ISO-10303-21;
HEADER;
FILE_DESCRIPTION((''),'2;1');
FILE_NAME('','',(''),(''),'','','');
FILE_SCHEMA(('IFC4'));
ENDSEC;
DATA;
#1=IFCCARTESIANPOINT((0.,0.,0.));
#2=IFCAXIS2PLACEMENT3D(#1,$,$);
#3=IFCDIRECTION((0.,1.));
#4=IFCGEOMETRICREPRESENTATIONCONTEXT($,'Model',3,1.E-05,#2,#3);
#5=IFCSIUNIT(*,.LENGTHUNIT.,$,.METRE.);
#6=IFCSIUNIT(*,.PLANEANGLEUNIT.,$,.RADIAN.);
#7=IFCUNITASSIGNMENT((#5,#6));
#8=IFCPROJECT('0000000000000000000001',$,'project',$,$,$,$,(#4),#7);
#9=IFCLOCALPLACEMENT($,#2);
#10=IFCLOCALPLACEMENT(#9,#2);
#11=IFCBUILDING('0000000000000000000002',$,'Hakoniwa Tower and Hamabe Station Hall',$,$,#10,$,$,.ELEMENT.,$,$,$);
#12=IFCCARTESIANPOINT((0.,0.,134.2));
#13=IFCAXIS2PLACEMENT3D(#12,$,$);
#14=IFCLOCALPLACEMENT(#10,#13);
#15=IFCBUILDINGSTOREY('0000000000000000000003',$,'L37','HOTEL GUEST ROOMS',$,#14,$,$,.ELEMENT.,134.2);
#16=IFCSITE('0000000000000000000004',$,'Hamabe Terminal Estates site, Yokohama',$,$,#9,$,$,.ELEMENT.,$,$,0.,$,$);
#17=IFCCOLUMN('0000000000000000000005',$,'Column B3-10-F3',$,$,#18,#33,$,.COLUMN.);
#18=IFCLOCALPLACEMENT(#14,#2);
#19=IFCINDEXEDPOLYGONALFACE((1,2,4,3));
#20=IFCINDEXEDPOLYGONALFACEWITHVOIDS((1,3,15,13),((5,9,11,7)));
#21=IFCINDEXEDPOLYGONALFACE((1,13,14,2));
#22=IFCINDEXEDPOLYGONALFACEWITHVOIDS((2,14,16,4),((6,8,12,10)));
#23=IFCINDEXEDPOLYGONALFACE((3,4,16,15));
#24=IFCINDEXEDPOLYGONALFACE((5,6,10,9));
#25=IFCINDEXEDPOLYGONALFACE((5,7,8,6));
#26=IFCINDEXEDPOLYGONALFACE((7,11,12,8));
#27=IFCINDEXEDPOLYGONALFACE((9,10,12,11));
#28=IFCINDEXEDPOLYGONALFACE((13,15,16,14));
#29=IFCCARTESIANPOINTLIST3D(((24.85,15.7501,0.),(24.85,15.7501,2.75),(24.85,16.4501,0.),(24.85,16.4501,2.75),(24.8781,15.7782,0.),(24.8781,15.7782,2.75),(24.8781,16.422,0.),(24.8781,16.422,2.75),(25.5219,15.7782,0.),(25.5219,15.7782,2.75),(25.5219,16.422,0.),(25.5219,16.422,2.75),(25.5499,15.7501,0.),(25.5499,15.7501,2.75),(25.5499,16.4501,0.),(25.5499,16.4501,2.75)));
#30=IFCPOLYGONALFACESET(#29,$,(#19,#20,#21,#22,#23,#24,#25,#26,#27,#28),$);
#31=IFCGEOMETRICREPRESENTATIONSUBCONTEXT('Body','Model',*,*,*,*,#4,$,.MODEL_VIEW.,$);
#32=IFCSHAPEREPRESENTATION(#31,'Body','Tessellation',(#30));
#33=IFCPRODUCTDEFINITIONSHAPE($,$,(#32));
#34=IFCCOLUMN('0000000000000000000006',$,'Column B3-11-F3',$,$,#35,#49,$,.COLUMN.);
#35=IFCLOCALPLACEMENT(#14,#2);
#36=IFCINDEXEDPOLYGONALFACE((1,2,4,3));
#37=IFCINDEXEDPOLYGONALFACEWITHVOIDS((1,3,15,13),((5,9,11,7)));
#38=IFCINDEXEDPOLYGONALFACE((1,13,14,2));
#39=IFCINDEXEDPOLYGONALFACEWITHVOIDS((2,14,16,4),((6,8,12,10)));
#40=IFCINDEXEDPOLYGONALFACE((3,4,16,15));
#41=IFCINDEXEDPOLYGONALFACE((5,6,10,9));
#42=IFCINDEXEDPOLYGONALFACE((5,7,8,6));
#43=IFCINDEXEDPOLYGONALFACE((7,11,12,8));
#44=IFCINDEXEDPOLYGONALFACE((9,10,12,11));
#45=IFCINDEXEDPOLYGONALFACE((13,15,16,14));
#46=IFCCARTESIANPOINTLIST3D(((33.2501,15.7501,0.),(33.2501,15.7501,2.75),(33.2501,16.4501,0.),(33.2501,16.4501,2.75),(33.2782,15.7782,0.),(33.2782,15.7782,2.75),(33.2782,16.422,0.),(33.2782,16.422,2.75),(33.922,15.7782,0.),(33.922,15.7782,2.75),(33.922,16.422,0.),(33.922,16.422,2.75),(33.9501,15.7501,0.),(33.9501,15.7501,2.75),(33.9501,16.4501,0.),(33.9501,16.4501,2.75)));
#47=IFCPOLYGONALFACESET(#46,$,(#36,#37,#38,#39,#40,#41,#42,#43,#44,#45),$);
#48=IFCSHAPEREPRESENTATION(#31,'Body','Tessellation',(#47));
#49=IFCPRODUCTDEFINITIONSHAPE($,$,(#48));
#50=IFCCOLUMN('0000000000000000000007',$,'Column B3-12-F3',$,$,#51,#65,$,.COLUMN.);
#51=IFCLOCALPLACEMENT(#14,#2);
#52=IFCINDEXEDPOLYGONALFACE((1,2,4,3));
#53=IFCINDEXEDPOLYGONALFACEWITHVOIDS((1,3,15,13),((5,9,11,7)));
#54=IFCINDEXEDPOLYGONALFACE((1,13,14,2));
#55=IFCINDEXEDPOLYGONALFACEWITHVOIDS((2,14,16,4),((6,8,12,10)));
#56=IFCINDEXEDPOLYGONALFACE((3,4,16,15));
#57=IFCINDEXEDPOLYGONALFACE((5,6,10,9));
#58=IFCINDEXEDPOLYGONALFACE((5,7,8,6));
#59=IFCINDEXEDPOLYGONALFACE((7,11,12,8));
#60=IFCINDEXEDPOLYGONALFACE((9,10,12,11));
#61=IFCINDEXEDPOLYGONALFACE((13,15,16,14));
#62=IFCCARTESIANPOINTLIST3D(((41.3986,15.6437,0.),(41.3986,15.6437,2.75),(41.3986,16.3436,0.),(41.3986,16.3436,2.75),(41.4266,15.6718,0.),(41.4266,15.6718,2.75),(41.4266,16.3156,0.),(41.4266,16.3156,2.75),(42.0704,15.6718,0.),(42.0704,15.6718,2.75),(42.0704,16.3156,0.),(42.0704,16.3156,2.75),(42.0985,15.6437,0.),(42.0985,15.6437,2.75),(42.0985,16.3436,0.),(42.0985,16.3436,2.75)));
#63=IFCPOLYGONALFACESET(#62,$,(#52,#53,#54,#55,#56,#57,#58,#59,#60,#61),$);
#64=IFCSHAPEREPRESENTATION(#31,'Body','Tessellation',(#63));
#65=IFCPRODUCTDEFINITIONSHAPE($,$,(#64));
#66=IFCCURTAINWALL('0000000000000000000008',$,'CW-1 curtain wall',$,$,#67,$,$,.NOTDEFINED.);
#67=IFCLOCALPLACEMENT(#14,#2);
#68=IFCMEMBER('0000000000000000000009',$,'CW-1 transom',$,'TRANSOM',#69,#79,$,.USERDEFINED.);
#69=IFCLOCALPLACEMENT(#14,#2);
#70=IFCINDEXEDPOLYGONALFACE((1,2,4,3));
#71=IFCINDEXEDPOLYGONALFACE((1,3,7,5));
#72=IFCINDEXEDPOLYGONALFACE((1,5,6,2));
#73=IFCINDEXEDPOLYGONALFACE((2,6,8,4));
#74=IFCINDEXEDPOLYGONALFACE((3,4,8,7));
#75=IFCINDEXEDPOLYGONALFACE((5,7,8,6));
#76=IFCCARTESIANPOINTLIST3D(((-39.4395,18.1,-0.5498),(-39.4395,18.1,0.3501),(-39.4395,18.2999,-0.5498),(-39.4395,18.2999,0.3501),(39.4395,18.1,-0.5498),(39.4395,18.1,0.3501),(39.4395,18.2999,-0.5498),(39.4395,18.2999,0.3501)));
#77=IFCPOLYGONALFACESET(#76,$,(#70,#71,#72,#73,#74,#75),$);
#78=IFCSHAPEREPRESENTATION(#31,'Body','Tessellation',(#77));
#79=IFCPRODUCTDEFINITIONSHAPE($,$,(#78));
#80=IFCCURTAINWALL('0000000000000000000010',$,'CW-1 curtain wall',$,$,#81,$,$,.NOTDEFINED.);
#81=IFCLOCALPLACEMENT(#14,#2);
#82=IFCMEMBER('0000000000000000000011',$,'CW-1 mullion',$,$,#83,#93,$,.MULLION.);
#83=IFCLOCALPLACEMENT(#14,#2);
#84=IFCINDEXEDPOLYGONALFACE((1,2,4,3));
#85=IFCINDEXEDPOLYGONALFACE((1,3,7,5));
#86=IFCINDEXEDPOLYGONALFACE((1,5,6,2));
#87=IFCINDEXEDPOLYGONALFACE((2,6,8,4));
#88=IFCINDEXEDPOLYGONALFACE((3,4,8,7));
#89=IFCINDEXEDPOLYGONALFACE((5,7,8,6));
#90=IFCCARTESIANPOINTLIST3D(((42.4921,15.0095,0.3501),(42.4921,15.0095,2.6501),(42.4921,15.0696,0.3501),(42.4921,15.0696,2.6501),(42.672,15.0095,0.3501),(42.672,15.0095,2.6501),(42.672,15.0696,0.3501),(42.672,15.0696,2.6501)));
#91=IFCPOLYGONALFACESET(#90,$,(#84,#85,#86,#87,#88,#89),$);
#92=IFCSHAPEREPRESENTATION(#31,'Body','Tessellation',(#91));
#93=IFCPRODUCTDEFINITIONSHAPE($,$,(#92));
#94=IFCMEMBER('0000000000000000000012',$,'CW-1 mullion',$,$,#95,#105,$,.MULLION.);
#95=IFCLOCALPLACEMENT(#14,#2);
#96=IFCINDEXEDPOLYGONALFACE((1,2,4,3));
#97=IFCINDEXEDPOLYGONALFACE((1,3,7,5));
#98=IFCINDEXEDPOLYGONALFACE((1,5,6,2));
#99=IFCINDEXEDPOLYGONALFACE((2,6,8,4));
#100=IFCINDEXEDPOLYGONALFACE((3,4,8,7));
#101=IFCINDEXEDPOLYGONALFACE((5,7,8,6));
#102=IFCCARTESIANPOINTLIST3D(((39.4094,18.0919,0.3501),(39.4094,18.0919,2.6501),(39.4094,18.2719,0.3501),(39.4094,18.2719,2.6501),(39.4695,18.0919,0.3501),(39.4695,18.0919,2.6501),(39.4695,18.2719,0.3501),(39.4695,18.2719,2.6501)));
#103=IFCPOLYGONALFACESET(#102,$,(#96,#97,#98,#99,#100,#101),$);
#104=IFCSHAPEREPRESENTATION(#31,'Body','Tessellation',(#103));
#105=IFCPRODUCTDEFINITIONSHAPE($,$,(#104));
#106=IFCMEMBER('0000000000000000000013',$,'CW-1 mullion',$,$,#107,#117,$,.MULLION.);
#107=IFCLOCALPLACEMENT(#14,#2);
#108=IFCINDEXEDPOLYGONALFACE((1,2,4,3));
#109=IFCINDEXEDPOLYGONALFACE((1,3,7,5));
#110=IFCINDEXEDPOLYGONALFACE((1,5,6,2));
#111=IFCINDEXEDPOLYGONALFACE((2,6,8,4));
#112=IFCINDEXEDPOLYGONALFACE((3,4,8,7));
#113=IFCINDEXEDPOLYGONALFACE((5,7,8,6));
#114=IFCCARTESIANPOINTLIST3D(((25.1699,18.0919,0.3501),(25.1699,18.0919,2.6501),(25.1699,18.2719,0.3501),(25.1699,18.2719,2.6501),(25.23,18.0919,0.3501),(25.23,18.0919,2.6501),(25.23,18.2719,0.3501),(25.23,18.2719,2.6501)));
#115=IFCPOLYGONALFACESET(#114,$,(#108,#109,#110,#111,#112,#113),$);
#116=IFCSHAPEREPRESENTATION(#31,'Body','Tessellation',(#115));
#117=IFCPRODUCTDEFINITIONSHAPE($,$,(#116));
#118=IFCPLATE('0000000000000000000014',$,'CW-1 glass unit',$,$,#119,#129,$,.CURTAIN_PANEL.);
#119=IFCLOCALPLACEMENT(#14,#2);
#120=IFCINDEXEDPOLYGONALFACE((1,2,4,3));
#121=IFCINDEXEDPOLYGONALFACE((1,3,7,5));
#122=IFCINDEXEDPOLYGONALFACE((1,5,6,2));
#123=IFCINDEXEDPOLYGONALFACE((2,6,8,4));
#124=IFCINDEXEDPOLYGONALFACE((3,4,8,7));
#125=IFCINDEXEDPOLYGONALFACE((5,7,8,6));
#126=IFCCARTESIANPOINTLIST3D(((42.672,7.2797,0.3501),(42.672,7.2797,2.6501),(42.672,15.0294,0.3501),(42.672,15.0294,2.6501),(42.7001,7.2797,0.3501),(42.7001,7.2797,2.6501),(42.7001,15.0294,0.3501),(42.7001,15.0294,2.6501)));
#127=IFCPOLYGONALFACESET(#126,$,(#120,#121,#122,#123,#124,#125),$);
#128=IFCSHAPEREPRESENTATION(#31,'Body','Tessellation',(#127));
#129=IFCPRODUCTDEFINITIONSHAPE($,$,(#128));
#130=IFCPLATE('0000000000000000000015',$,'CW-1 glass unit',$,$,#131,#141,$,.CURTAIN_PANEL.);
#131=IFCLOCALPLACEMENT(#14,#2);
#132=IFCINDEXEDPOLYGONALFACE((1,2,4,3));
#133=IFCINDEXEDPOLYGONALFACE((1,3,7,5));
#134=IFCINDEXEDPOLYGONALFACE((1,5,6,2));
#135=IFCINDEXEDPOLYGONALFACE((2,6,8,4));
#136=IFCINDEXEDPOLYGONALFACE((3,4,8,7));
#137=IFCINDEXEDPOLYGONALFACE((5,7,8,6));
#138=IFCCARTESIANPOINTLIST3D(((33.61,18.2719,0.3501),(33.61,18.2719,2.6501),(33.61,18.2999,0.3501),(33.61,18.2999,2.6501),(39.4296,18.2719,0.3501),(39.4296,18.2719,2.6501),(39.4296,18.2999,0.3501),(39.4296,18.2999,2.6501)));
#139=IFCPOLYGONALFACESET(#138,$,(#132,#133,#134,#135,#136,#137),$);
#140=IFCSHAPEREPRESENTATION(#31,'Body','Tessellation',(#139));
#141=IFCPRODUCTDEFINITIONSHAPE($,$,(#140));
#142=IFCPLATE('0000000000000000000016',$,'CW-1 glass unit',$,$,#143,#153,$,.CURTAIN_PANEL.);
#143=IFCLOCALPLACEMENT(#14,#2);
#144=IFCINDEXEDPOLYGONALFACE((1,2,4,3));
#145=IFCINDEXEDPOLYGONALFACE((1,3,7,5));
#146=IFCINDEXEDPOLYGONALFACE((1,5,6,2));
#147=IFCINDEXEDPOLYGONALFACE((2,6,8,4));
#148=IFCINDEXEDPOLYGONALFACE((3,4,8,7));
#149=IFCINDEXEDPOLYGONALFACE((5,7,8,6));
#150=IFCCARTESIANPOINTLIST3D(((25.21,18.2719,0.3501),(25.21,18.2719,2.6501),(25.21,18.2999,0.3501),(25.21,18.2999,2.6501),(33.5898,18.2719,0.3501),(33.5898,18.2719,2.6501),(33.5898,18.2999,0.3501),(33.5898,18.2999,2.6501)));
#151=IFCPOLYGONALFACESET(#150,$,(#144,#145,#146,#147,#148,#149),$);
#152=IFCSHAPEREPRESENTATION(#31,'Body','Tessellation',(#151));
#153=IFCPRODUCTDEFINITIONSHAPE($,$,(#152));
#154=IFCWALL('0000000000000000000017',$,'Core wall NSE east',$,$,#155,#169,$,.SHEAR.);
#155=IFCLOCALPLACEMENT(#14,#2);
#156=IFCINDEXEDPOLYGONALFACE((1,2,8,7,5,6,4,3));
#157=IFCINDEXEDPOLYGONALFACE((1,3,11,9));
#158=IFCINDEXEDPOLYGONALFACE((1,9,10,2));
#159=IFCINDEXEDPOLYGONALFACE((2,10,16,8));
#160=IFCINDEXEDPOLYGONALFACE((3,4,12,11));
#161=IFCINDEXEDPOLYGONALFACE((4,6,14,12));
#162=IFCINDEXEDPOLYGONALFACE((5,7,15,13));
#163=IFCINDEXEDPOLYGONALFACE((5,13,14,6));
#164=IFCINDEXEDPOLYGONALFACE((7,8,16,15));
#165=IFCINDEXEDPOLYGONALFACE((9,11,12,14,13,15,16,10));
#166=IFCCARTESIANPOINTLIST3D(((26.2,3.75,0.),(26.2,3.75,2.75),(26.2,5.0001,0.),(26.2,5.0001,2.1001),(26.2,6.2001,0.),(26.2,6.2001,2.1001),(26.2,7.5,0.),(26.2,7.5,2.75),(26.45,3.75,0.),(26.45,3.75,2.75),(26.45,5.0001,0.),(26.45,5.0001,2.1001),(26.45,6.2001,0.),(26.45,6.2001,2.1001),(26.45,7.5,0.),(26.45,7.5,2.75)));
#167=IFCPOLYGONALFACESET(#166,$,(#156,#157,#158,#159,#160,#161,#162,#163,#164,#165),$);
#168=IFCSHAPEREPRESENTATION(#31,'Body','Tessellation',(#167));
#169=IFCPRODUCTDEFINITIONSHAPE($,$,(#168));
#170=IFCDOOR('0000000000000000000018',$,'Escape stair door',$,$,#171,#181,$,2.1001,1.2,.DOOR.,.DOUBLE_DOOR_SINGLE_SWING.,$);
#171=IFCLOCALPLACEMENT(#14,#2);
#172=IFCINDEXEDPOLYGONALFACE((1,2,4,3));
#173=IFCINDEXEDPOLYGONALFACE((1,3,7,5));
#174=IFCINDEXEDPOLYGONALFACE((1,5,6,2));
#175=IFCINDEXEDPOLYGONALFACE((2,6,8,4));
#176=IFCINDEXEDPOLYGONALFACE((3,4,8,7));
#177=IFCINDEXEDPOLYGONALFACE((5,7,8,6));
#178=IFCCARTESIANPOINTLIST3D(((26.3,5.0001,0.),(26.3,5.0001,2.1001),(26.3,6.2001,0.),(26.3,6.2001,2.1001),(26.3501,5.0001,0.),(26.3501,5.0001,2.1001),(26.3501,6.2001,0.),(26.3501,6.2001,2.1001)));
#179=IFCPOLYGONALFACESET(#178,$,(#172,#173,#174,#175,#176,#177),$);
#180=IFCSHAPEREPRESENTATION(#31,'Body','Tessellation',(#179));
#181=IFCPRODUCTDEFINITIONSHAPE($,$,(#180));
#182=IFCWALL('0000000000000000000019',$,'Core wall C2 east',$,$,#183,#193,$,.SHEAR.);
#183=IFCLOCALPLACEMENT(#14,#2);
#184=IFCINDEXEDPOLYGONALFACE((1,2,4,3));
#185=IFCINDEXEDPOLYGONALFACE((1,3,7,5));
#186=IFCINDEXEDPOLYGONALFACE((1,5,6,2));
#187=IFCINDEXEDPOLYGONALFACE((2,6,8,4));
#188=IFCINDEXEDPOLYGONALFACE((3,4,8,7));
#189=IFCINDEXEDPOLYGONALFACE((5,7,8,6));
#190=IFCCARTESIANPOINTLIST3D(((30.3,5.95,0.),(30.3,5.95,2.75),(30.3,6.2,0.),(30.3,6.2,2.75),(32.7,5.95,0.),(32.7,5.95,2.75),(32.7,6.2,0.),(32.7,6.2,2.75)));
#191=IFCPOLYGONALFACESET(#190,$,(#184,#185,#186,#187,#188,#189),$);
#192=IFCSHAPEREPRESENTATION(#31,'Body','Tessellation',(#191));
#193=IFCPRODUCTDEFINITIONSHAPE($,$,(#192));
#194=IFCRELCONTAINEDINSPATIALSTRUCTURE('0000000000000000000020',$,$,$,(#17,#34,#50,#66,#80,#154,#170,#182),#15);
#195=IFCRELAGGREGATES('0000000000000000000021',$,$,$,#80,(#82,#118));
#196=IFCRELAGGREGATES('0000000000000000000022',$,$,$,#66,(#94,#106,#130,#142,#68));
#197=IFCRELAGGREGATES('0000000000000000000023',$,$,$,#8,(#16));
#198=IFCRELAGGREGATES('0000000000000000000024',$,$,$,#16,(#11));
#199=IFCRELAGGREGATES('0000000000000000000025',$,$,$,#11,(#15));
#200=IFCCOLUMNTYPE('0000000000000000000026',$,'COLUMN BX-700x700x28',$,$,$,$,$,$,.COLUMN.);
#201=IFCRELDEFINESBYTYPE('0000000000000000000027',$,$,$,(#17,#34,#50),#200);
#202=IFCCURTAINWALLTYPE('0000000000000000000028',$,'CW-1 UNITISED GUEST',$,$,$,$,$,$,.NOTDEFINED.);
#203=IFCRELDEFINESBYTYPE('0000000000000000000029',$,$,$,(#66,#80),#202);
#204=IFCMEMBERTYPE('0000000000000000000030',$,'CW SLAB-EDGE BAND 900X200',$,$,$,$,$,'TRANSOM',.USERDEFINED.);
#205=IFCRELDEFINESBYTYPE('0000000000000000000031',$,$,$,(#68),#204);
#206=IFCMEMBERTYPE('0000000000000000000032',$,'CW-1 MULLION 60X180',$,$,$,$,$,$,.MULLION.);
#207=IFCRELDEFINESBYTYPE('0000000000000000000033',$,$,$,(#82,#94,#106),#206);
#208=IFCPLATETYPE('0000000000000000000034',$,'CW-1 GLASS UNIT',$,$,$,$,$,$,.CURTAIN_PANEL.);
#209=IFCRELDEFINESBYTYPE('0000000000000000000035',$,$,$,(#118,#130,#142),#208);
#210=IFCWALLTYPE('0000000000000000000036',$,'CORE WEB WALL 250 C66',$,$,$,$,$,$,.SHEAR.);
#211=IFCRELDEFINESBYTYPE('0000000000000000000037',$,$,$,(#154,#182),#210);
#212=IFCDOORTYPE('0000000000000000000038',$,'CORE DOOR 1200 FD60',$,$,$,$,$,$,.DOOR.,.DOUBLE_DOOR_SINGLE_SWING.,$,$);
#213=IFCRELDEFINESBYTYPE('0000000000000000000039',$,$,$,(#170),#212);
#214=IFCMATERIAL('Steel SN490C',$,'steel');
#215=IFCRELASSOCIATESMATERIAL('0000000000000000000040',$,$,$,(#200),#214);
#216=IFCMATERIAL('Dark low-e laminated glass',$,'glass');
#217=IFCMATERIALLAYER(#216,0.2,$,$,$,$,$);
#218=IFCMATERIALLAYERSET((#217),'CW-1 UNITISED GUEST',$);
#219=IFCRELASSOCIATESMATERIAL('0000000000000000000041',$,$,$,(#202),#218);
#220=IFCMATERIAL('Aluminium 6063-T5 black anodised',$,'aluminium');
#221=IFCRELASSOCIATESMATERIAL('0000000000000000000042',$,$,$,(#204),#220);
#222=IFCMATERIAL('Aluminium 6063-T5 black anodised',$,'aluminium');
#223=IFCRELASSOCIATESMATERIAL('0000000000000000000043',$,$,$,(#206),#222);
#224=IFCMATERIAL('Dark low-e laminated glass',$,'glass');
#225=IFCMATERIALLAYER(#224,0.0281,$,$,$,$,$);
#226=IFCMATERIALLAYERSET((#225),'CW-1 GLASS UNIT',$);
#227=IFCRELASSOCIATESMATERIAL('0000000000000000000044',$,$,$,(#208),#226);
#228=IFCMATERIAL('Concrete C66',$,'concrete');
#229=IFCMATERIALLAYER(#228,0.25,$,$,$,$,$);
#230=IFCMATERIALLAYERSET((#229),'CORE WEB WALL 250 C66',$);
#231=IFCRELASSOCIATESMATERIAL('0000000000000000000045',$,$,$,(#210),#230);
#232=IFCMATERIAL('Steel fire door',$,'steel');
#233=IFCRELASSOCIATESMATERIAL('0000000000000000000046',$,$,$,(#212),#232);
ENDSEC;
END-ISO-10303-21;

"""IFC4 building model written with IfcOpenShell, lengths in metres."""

from ifc_helpers import new_model, si_unit, direction, frame, frame_2d, origin, origin_2d, place, context, subcontext, project, spatial, rectangle, hollow_rectangle, extrude, material, layer, layer_set, material_profile, profile_set, type_object, element, fill, aggregate, save


model = new_model("IFC4")

# Units and contexts
model_context = context("Model", 3, precision=1e-05, world=origin(), true_north=direction((0.0, 1.0)))
body_context = subcontext(model_context, "Body", "Model", "MODEL_VIEW")
ifc_project = project(units=[si_unit("LENGTHUNIT", "METRE"), si_unit("PLANEANGLEUNIT", "RADIAN")], contexts=[model_context])

# Site, building, storey
site_placement = place(None, origin())
site = spatial("IfcSite", under=ifc_project, at=site_placement, Name="Hamabe Terminal Estates site, Yokohama", CompositionType="ELEMENT", RefElevation=0.0)
building_placement = place(site_placement, origin())
building = spatial("IfcBuilding", under=site, at=building_placement, Name="Hakoniwa Tower and Hamabe Station Hall", CompositionType="ELEMENT")
storey_placement = place(building_placement, frame((0.0, 0.0, 134.2)))
storey = spatial("IfcBuildingStorey", under=building, at=storey_placement, Name="L37", Description="HOTEL GUEST ROOMS", CompositionType="ELEMENT", Elevation=134.2)

# Columns
ifc_material_1 = material(Name="Steel SN490C", Category="steel")
ifc_material_profile_1 = material_profile(ifc_material_1, hollow_rectangle(XDim=0.7, YDim=0.7, WallThickness=0.0281, at=origin_2d()), Name="BX-700x700x28")
ifc_profile_set_1 = profile_set([ifc_material_profile_1], Name="Steel SN490C")
column_type = type_object("IfcColumnType", Name="COLUMN BX-700x700x28", PredefinedType="COLUMN", material=ifc_profile_set_1)
for number, where, z_axis, x_axis, name in (
    (1, (25.2, 16.1001, 0.0), (0.0, 0.0, 1.0), (1.0, 0.0, 0.0), "Column B3-10-F3"),
    (2, (33.6001, 16.1001, 0.0), (0.0, 0.0, 1.0), (1.0, 0.0, 0.0), "Column B3-11-F3"),
    (3, (41.7485, 15.9937, 0.0), (0.0, 0.0, 1.0), (1.0, 0.0, 0.0), "Column B3-12-F3"),
):
    element("IfcColumn", number, at=place(storey_placement, frame(where, z_axis=z_axis, x_axis=x_axis)), inside=storey, type_object=column_type, Name=name, PredefinedType="COLUMN", context=body_context, shape_type="SweptSolid", body=[
        extrude(hollow_rectangle(XDim=0.7, YDim=0.7, WallThickness=0.0281, at=origin_2d()), origin(), (0.0, 0.0, 1.0), 2.75),
    ])

# Curtain walls, members
ifc_material_2 = material(Name="Dark low-e laminated glass", Category="glass")
ifc_layer_1 = layer(ifc_material_2, 0.2)
ifc_layer_set_1 = layer_set([ifc_layer_1], Name="CW-1 UNITISED GUEST")
curtain_wall_type = type_object("IfcCurtainWallType", Name="CW-1 UNITISED GUEST", PredefinedType="NOTDEFINED", material=ifc_layer_set_1)
curtain_wall_1_placement = place(storey_placement, origin())
curtain_wall_1 = element("IfcCurtainWall", 4, at=curtain_wall_1_placement, inside=storey, type_object=curtain_wall_type, Name="CW-1 curtain wall", PredefinedType="NOTDEFINED")
ifc_material_3 = material(Name="Aluminium 6063-T5 black anodised", Category="aluminium")
ifc_material_profile_2 = material_profile(ifc_material_3, rectangle(XDim=0.2, YDim=0.8999, at=origin_2d()), Name="CW SLAB-EDGE BAND 900X200")
ifc_profile_set_2 = profile_set([ifc_material_profile_2], Name="Aluminium 6063-T5 black anodised")
member_type_1 = type_object("IfcMemberType", Name="CW SLAB-EDGE BAND 900X200", ElementType="TRANSOM", PredefinedType="USERDEFINED", material=ifc_profile_set_2)
member_1_placement = place(storey_placement, frame((39.4395, 18.2, -0.0999), z_axis=(-1.0, 0.0, 0.0), x_axis=(0.0, -1.0, 0.0)))
member_1 = element("IfcMember", 5, at=member_1_placement, type_object=member_type_1, Name="CW-1 transom", ObjectType="TRANSOM", PredefinedType="USERDEFINED", context=body_context, shape_type="SweptSolid", body=[
    extrude(rectangle(XDim=0.2, YDim=0.8999, at=origin_2d()), origin(), (0.0, 0.0, 1.0), 78.8789),
])
curtain_wall_2_placement = place(storey_placement, origin())
curtain_wall_2 = element("IfcCurtainWall", 6, at=curtain_wall_2_placement, inside=storey, type_object=curtain_wall_type, Name="CW-1 curtain wall", PredefinedType="NOTDEFINED")
ifc_material_4 = material(Name="Aluminium 6063-T5 black anodised", Category="aluminium")
ifc_material_profile_3 = material_profile(ifc_material_4, rectangle(XDim=0.0601, YDim=0.1799, at=origin_2d()), Name="CW-1 MULLION 60X180")
ifc_profile_set_3 = profile_set([ifc_material_profile_3], Name="Aluminium 6063-T5 black anodised")
member_type_2 = type_object("IfcMemberType", Name="CW-1 MULLION 60X180", PredefinedType="MULLION", material=ifc_profile_set_3)
member_2_placement = place(storey_placement, frame((42.582, 15.0396, 0.3501), z_axis=(0.0, 0.0, 1.0), x_axis=(0.0, 1.0, 0.0)))
member_2 = element("IfcMember", 7, at=member_2_placement, type_object=member_type_2, Name="CW-1 mullion", PredefinedType="MULLION", context=body_context, shape_type="SweptSolid", body=[
    extrude(rectangle(XDim=0.0601, YDim=0.1799, at=origin_2d()), origin(), (0.0, 0.0, 1.0), 2.3),
])

# Members
member_3_placement = place(storey_placement, frame((39.4395, 18.1819, 0.3501), z_axis=(0.0, 0.0, 1.0), x_axis=(-1.0, 0.0, 0.0)))
member_3 = element("IfcMember", 8, at=member_3_placement, type_object=member_type_2, Name="CW-1 mullion", PredefinedType="MULLION", context=body_context, shape_type="SweptSolid", body=[
    extrude(rectangle(XDim=0.0601, YDim=0.1799, at=origin_2d()), origin(), (0.0, 0.0, 1.0), 2.3),
])
member_4_placement = place(storey_placement, frame((25.2, 18.1819, 0.3501), z_axis=(0.0, 0.0, 1.0), x_axis=(-1.0, 0.0, 0.0)))
member_4 = element("IfcMember", 9, at=member_4_placement, type_object=member_type_2, Name="CW-1 mullion", PredefinedType="MULLION", context=body_context, shape_type="SweptSolid", body=[
    extrude(rectangle(XDim=0.0601, YDim=0.1799, at=origin_2d()), origin(), (0.0, 0.0, 1.0), 2.3),
])

# Plates
ifc_material_5 = material(Name="Dark low-e laminated glass", Category="glass")
ifc_layer_2 = layer(ifc_material_5, 0.0281)
ifc_layer_set_2 = layer_set([ifc_layer_2], Name="CW-1 GLASS UNIT")
plate_type = type_object("IfcPlateType", Name="CW-1 GLASS UNIT", PredefinedType="CURTAIN_PANEL", material=ifc_layer_set_2)
plate_1_placement = place(storey_placement, frame((42.686, 11.1545, 0.3501), z_axis=(0.0, 0.0, 1.0), x_axis=(0.0, 1.0, 0.0)))
plate_1 = element("IfcPlate", 10, at=plate_1_placement, type_object=plate_type, Name="CW-1 glass unit", PredefinedType="CURTAIN_PANEL", context=body_context, shape_type="SweptSolid", body=[
    extrude(rectangle(XDim=7.7498, YDim=0.0281, at=origin_2d()), origin(), (0.0, 0.0, 1.0), 2.3),
])
aggregate(curtain_wall_2, [member_2, plate_1])
plate_2_placement = place(storey_placement, frame((36.5198, 18.2859, 0.3501), z_axis=(0.0, 0.0, 1.0), x_axis=(-1.0, 0.0, 0.0)))
plate_2 = element("IfcPlate", 11, at=plate_2_placement, type_object=plate_type, Name="CW-1 glass unit", PredefinedType="CURTAIN_PANEL", context=body_context, shape_type="SweptSolid", body=[
    extrude(rectangle(XDim=5.8196, YDim=0.0281, at=origin_2d()), origin(), (0.0, 0.0, 1.0), 2.3),
])
plate_3_placement = place(storey_placement, frame((29.3999, 18.2859, 0.3501), z_axis=(0.0, 0.0, 1.0), x_axis=(-1.0, 0.0, 0.0)))
plate_3 = element("IfcPlate", 12, at=plate_3_placement, type_object=plate_type, Name="CW-1 glass unit", PredefinedType="CURTAIN_PANEL", context=body_context, shape_type="SweptSolid", body=[
    extrude(rectangle(XDim=8.3799, YDim=0.0281, at=origin_2d()), origin(), (0.0, 0.0, 1.0), 2.3),
])
aggregate(curtain_wall_1, [member_3, member_4, plate_2, plate_3, member_1])

# Wall, opening, door
ifc_material_6 = material(Name="Concrete C66", Category="concrete")
ifc_layer_3 = layer(ifc_material_6, 0.25)
ifc_layer_set_3 = layer_set([ifc_layer_3], Name="CORE WEB WALL 250 C66")
wall_type_1 = type_object("IfcWallType", Name="CORE WEB WALL 250 C66", PredefinedType="SHEAR", material=ifc_layer_set_3)
wall_1_placement = place(storey_placement, frame((26.325, 3.75, 0.0), z_axis=(0.0, 0.0, 1.0), x_axis=(0.0, 1.0, 0.0)))
wall_1 = element("IfcWall", 13, at=wall_1_placement, inside=storey, type_object=wall_type_1, Name="Core wall NSE east", PredefinedType="SHEAR", context=body_context, shape_type="SweptSolid", body=[
    extrude(rectangle(XDim=3.75, YDim=0.25, at=frame_2d((1.875, 0.0))), origin(), (0.0, 0.0, 1.0), 2.75),
])
opening_1_placement = place(wall_1_placement, frame((1.25, 0.0, 0.0)))
opening_1 = element("IfcOpeningElement", 14, at=opening_1_placement, cuts=wall_1, PredefinedType="OPENING", context=body_context, shape_type="SweptSolid", body=[
    extrude(rectangle(XDim=1.2, YDim=2.1001, at=frame_2d((0.6001, 1.05))), frame((0.0, 0.135, 0.0), z_axis=(0.0, -1.0, 0.0), x_axis=(1.0, 0.0, 0.0)), (0.0, 0.0, 1.0), 0.27),
])
ifc_material_7 = material(Name="Steel fire door", Category="steel")
door_type_1 = type_object("IfcDoorType", Name="CORE DOOR 1200 FD60", OperationType="DOUBLE_DOOR_SINGLE_SWING", PredefinedType="DOOR", material=ifc_material_7)
door_1_placement = place(opening_1_placement, origin())
door_1 = element("IfcDoor", 15, at=door_1_placement, inside=storey, type_object=door_type_1, Name="Escape stair door", OperationType="DOUBLE_DOOR_SINGLE_SWING", OverallHeight=2.1001, OverallWidth=1.2, PredefinedType="DOOR", context=body_context, shape_type="SweptSolid", body=[
    extrude(rectangle(XDim=1.2, YDim=2.1001, at=frame_2d((0.6001, 1.05))), frame((0.0, 0.0249, 0.0), z_axis=(0.0, -1.0, 0.0), x_axis=(1.0, 0.0, 0.0)), (0.0, 0.0, 1.0), 0.05),
])
fill(opening_1, door_1)

# Wall
wall_2_placement = place(storey_placement, frame((30.3, 6.075, 0.0), z_axis=(0.0, 0.0, 1.0), x_axis=(1.0, 0.0, 0.0)))
element("IfcWall", 16, at=wall_2_placement, inside=storey, type_object=wall_type_1, Name="Core wall C2 east", PredefinedType="SHEAR", context=body_context, shape_type="SweptSolid", body=[
    extrude(rectangle(XDim=2.3999, YDim=0.25, at=frame_2d((1.2, 0.0))), origin(), (0.0, 0.0, 1.0), 2.75),
])

save(model, "model.ifc")
